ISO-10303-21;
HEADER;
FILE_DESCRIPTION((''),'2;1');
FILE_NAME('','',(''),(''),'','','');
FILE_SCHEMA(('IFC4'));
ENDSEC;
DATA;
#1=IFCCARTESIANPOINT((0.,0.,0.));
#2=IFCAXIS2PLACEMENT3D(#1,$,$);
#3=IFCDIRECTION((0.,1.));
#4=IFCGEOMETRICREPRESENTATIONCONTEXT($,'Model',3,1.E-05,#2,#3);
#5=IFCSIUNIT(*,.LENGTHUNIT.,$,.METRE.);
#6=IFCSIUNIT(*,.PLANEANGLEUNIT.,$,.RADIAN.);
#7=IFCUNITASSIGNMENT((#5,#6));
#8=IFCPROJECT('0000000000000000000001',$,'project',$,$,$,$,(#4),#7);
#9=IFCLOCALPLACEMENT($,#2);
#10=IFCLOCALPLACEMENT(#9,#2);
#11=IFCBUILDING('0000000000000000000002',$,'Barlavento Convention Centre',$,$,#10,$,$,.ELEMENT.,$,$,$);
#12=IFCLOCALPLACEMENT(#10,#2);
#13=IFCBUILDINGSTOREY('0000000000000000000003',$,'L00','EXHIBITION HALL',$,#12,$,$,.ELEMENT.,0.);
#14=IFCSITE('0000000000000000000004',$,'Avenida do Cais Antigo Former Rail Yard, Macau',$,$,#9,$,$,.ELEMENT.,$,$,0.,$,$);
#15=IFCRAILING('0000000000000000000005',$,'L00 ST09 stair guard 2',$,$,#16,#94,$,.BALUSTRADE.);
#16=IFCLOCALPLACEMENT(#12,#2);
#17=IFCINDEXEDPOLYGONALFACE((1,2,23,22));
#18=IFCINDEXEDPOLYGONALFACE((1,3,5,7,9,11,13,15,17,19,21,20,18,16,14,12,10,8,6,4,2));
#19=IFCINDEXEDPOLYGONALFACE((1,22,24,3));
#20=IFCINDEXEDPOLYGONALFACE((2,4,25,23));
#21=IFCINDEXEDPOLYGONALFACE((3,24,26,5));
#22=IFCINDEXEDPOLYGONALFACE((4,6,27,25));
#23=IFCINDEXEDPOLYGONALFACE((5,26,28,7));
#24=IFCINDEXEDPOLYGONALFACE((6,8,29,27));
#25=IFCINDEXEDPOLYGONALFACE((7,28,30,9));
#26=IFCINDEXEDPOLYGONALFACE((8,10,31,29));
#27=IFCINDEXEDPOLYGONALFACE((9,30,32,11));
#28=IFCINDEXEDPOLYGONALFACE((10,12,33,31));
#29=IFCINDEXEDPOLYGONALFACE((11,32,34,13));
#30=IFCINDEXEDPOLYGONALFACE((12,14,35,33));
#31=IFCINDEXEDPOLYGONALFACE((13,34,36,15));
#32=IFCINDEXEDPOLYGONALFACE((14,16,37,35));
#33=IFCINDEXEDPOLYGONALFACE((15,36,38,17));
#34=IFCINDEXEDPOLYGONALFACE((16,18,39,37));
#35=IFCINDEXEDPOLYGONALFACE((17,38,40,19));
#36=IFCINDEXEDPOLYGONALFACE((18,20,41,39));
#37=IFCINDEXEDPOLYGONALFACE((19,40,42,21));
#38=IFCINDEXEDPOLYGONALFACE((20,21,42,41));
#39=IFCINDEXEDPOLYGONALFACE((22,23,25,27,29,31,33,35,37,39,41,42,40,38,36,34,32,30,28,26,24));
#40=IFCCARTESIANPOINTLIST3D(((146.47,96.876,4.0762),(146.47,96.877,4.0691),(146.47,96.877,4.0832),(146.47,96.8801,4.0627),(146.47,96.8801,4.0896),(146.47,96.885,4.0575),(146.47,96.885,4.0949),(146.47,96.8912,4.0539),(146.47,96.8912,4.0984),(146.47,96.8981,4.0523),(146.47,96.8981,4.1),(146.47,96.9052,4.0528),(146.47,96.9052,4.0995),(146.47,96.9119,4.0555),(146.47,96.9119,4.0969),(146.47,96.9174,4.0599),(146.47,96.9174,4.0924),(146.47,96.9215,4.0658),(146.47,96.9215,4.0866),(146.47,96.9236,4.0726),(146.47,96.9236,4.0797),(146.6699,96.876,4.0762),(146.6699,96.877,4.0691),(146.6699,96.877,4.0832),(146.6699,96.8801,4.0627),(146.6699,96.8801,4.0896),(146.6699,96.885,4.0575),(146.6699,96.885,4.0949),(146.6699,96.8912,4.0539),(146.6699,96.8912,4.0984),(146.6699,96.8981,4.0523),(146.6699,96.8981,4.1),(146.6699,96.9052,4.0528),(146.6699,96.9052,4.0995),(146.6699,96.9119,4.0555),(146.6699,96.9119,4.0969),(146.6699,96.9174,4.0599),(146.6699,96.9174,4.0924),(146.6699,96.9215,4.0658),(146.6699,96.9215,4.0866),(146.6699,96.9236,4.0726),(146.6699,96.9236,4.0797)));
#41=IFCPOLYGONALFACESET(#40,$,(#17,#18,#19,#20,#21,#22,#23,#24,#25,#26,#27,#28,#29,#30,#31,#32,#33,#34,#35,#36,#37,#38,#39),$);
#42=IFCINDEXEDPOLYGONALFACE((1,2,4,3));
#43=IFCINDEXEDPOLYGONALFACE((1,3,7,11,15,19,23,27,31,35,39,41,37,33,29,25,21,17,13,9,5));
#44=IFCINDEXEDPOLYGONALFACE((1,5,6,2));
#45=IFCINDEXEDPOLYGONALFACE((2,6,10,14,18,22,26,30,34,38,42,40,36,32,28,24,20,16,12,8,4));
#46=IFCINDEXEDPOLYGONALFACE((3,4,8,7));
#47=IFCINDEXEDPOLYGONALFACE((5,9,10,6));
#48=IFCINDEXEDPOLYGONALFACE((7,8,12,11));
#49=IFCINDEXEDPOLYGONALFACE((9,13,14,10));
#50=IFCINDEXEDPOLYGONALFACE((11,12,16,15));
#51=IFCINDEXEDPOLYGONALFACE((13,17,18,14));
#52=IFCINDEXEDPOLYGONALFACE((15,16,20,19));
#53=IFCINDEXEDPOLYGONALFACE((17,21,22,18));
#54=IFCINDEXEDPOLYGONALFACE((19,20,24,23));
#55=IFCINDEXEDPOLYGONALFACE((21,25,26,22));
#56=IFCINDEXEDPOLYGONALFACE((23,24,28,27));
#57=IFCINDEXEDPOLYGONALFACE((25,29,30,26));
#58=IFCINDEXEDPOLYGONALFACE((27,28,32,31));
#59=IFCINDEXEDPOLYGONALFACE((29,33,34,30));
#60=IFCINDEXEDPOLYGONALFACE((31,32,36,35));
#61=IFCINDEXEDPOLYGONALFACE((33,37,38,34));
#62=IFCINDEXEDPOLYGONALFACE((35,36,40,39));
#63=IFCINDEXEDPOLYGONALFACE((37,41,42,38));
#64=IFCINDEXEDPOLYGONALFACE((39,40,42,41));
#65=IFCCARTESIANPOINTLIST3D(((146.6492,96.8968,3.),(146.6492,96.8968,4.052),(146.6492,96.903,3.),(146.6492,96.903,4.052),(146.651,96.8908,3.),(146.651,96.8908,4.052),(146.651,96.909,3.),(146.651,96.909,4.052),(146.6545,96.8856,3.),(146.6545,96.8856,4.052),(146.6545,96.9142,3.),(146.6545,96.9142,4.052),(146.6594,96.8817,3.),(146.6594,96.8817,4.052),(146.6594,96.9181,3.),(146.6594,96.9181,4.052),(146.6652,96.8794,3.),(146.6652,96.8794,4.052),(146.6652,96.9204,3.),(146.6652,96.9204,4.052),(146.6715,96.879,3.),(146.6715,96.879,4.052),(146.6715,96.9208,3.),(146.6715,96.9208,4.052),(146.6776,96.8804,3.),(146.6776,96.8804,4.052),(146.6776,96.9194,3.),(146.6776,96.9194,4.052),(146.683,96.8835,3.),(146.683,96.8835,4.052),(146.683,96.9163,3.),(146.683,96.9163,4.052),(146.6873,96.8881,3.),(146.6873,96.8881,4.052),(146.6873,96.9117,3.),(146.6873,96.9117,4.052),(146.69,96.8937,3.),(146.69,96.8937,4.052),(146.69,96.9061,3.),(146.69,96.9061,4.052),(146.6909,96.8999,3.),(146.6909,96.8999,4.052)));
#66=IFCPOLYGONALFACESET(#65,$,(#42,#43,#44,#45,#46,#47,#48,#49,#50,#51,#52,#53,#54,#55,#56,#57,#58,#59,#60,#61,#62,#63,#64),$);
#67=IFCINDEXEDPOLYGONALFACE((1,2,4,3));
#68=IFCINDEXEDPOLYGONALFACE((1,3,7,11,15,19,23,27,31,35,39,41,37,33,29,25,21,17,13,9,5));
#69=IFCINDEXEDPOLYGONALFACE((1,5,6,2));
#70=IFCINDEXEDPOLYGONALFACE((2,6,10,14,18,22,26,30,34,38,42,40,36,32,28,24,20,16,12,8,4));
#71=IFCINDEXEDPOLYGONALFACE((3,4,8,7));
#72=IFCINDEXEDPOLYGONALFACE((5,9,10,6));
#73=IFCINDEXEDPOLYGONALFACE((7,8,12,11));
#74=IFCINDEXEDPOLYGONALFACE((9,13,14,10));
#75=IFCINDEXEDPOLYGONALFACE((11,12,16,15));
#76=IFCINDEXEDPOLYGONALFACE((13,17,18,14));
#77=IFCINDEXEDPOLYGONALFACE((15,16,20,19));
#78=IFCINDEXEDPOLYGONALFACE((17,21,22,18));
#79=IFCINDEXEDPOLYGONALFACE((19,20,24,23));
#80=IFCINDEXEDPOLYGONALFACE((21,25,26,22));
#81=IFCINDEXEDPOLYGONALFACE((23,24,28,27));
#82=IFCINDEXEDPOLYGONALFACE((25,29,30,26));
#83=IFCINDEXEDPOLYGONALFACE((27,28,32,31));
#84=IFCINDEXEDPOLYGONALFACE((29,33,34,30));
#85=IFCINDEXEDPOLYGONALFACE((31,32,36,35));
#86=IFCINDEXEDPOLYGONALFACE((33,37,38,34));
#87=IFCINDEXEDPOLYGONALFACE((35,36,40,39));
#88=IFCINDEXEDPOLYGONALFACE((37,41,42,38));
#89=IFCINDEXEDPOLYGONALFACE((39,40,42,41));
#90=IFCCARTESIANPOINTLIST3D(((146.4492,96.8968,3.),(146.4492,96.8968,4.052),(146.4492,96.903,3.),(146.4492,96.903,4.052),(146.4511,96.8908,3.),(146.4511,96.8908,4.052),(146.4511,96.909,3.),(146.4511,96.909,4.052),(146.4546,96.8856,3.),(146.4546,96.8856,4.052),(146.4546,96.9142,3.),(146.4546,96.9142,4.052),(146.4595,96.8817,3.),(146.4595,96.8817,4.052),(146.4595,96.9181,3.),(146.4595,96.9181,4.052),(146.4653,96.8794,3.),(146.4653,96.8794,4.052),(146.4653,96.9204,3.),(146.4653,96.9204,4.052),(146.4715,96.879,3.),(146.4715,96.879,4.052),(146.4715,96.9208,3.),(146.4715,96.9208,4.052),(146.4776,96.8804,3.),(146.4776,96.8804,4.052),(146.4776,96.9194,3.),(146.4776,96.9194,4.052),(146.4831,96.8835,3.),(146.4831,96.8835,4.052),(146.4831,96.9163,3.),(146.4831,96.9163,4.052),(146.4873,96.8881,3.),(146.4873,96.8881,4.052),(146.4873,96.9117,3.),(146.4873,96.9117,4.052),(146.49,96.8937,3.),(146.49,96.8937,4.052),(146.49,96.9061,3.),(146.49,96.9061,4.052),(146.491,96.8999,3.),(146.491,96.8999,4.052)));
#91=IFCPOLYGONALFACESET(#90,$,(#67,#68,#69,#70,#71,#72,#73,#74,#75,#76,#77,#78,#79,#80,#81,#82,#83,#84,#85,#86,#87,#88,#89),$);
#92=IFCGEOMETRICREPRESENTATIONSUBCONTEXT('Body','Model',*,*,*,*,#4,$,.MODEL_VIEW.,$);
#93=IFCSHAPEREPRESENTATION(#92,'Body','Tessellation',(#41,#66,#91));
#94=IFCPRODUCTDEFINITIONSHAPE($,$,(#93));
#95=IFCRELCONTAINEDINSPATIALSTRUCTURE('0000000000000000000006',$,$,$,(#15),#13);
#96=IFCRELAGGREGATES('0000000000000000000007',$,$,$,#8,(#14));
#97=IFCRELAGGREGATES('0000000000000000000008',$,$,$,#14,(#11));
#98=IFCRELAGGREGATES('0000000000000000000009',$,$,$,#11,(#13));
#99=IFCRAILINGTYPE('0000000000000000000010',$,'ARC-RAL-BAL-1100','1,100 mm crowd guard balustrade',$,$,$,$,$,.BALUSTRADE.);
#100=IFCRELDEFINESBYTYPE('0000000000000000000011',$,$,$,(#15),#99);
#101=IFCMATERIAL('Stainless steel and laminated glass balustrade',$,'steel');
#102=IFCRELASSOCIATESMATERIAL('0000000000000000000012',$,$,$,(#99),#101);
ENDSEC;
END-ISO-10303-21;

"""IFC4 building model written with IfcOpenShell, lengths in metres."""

from ifc_helpers import new_model, si_unit, direction, frame, origin, origin_2d, place, context, subcontext, project, spatial, circle, extrude, material, type_object, element, save


model = new_model("IFC4")

# Units and contexts
model_context = context("Model", 3, precision=1e-05, world=origin(), true_north=direction((0.0, 1.0)))
body_context = subcontext(model_context, "Body", "Model", "MODEL_VIEW")
ifc_project = project(units=[si_unit("LENGTHUNIT", "METRE"), si_unit("PLANEANGLEUNIT", "RADIAN")], contexts=[model_context])

# Site, building, storey
site_placement = place(None, origin())
site = spatial("IfcSite", under=ifc_project, at=site_placement, Name="Avenida do Cais Antigo Former Rail Yard, Macau", CompositionType="ELEMENT", RefElevation=0.0)
building_placement = place(site_placement, origin())
building = spatial("IfcBuilding", under=site, at=building_placement, Name="Barlavento Convention Centre", CompositionType="ELEMENT")
storey_placement = place(building_placement, origin())
storey = spatial("IfcBuildingStorey", under=building, at=storey_placement, Name="L00", Description="EXHIBITION HALL", CompositionType="ELEMENT", Elevation=0.0)

# Railing
ifc_material_1 = material(Name="Stainless steel and laminated glass balustrade", Category="steel")
railing_type_1 = type_object("IfcRailingType", Name="ARC-RAL-BAL-1100", Description="1,100 mm crowd guard balustrade", PredefinedType="BALUSTRADE", material=ifc_material_1)
railing_1_placement = place(storey_placement, frame((146.6699, 96.8999, 3.0)))
element("IfcRailing", 1, at=railing_1_placement, inside=storey, type_object=railing_type_1, Name="L00 ST09 stair guard 2", PredefinedType="BALUSTRADE", context=body_context, shape_type="SweptSolid", body=[
    extrude(circle(Radius=0.0239, at=origin_2d()), frame((0.0, 0.0, 1.0762), z_axis=(-1.0, 0.0, 0.0), x_axis=(0.0, -1.0, 0.0)), (0.0, 0.0, 1.0), 0.2),
    extrude(circle(Radius=0.021, at=origin_2d()), origin(), (0.0, 0.0, 1.0), 1.052),
    extrude(circle(Radius=0.021, at=origin_2d()), frame((-0.2, 0.0, 0.0)), (0.0, 0.0, 1.0), 1.052),
])

save(model, "model.ifc")
